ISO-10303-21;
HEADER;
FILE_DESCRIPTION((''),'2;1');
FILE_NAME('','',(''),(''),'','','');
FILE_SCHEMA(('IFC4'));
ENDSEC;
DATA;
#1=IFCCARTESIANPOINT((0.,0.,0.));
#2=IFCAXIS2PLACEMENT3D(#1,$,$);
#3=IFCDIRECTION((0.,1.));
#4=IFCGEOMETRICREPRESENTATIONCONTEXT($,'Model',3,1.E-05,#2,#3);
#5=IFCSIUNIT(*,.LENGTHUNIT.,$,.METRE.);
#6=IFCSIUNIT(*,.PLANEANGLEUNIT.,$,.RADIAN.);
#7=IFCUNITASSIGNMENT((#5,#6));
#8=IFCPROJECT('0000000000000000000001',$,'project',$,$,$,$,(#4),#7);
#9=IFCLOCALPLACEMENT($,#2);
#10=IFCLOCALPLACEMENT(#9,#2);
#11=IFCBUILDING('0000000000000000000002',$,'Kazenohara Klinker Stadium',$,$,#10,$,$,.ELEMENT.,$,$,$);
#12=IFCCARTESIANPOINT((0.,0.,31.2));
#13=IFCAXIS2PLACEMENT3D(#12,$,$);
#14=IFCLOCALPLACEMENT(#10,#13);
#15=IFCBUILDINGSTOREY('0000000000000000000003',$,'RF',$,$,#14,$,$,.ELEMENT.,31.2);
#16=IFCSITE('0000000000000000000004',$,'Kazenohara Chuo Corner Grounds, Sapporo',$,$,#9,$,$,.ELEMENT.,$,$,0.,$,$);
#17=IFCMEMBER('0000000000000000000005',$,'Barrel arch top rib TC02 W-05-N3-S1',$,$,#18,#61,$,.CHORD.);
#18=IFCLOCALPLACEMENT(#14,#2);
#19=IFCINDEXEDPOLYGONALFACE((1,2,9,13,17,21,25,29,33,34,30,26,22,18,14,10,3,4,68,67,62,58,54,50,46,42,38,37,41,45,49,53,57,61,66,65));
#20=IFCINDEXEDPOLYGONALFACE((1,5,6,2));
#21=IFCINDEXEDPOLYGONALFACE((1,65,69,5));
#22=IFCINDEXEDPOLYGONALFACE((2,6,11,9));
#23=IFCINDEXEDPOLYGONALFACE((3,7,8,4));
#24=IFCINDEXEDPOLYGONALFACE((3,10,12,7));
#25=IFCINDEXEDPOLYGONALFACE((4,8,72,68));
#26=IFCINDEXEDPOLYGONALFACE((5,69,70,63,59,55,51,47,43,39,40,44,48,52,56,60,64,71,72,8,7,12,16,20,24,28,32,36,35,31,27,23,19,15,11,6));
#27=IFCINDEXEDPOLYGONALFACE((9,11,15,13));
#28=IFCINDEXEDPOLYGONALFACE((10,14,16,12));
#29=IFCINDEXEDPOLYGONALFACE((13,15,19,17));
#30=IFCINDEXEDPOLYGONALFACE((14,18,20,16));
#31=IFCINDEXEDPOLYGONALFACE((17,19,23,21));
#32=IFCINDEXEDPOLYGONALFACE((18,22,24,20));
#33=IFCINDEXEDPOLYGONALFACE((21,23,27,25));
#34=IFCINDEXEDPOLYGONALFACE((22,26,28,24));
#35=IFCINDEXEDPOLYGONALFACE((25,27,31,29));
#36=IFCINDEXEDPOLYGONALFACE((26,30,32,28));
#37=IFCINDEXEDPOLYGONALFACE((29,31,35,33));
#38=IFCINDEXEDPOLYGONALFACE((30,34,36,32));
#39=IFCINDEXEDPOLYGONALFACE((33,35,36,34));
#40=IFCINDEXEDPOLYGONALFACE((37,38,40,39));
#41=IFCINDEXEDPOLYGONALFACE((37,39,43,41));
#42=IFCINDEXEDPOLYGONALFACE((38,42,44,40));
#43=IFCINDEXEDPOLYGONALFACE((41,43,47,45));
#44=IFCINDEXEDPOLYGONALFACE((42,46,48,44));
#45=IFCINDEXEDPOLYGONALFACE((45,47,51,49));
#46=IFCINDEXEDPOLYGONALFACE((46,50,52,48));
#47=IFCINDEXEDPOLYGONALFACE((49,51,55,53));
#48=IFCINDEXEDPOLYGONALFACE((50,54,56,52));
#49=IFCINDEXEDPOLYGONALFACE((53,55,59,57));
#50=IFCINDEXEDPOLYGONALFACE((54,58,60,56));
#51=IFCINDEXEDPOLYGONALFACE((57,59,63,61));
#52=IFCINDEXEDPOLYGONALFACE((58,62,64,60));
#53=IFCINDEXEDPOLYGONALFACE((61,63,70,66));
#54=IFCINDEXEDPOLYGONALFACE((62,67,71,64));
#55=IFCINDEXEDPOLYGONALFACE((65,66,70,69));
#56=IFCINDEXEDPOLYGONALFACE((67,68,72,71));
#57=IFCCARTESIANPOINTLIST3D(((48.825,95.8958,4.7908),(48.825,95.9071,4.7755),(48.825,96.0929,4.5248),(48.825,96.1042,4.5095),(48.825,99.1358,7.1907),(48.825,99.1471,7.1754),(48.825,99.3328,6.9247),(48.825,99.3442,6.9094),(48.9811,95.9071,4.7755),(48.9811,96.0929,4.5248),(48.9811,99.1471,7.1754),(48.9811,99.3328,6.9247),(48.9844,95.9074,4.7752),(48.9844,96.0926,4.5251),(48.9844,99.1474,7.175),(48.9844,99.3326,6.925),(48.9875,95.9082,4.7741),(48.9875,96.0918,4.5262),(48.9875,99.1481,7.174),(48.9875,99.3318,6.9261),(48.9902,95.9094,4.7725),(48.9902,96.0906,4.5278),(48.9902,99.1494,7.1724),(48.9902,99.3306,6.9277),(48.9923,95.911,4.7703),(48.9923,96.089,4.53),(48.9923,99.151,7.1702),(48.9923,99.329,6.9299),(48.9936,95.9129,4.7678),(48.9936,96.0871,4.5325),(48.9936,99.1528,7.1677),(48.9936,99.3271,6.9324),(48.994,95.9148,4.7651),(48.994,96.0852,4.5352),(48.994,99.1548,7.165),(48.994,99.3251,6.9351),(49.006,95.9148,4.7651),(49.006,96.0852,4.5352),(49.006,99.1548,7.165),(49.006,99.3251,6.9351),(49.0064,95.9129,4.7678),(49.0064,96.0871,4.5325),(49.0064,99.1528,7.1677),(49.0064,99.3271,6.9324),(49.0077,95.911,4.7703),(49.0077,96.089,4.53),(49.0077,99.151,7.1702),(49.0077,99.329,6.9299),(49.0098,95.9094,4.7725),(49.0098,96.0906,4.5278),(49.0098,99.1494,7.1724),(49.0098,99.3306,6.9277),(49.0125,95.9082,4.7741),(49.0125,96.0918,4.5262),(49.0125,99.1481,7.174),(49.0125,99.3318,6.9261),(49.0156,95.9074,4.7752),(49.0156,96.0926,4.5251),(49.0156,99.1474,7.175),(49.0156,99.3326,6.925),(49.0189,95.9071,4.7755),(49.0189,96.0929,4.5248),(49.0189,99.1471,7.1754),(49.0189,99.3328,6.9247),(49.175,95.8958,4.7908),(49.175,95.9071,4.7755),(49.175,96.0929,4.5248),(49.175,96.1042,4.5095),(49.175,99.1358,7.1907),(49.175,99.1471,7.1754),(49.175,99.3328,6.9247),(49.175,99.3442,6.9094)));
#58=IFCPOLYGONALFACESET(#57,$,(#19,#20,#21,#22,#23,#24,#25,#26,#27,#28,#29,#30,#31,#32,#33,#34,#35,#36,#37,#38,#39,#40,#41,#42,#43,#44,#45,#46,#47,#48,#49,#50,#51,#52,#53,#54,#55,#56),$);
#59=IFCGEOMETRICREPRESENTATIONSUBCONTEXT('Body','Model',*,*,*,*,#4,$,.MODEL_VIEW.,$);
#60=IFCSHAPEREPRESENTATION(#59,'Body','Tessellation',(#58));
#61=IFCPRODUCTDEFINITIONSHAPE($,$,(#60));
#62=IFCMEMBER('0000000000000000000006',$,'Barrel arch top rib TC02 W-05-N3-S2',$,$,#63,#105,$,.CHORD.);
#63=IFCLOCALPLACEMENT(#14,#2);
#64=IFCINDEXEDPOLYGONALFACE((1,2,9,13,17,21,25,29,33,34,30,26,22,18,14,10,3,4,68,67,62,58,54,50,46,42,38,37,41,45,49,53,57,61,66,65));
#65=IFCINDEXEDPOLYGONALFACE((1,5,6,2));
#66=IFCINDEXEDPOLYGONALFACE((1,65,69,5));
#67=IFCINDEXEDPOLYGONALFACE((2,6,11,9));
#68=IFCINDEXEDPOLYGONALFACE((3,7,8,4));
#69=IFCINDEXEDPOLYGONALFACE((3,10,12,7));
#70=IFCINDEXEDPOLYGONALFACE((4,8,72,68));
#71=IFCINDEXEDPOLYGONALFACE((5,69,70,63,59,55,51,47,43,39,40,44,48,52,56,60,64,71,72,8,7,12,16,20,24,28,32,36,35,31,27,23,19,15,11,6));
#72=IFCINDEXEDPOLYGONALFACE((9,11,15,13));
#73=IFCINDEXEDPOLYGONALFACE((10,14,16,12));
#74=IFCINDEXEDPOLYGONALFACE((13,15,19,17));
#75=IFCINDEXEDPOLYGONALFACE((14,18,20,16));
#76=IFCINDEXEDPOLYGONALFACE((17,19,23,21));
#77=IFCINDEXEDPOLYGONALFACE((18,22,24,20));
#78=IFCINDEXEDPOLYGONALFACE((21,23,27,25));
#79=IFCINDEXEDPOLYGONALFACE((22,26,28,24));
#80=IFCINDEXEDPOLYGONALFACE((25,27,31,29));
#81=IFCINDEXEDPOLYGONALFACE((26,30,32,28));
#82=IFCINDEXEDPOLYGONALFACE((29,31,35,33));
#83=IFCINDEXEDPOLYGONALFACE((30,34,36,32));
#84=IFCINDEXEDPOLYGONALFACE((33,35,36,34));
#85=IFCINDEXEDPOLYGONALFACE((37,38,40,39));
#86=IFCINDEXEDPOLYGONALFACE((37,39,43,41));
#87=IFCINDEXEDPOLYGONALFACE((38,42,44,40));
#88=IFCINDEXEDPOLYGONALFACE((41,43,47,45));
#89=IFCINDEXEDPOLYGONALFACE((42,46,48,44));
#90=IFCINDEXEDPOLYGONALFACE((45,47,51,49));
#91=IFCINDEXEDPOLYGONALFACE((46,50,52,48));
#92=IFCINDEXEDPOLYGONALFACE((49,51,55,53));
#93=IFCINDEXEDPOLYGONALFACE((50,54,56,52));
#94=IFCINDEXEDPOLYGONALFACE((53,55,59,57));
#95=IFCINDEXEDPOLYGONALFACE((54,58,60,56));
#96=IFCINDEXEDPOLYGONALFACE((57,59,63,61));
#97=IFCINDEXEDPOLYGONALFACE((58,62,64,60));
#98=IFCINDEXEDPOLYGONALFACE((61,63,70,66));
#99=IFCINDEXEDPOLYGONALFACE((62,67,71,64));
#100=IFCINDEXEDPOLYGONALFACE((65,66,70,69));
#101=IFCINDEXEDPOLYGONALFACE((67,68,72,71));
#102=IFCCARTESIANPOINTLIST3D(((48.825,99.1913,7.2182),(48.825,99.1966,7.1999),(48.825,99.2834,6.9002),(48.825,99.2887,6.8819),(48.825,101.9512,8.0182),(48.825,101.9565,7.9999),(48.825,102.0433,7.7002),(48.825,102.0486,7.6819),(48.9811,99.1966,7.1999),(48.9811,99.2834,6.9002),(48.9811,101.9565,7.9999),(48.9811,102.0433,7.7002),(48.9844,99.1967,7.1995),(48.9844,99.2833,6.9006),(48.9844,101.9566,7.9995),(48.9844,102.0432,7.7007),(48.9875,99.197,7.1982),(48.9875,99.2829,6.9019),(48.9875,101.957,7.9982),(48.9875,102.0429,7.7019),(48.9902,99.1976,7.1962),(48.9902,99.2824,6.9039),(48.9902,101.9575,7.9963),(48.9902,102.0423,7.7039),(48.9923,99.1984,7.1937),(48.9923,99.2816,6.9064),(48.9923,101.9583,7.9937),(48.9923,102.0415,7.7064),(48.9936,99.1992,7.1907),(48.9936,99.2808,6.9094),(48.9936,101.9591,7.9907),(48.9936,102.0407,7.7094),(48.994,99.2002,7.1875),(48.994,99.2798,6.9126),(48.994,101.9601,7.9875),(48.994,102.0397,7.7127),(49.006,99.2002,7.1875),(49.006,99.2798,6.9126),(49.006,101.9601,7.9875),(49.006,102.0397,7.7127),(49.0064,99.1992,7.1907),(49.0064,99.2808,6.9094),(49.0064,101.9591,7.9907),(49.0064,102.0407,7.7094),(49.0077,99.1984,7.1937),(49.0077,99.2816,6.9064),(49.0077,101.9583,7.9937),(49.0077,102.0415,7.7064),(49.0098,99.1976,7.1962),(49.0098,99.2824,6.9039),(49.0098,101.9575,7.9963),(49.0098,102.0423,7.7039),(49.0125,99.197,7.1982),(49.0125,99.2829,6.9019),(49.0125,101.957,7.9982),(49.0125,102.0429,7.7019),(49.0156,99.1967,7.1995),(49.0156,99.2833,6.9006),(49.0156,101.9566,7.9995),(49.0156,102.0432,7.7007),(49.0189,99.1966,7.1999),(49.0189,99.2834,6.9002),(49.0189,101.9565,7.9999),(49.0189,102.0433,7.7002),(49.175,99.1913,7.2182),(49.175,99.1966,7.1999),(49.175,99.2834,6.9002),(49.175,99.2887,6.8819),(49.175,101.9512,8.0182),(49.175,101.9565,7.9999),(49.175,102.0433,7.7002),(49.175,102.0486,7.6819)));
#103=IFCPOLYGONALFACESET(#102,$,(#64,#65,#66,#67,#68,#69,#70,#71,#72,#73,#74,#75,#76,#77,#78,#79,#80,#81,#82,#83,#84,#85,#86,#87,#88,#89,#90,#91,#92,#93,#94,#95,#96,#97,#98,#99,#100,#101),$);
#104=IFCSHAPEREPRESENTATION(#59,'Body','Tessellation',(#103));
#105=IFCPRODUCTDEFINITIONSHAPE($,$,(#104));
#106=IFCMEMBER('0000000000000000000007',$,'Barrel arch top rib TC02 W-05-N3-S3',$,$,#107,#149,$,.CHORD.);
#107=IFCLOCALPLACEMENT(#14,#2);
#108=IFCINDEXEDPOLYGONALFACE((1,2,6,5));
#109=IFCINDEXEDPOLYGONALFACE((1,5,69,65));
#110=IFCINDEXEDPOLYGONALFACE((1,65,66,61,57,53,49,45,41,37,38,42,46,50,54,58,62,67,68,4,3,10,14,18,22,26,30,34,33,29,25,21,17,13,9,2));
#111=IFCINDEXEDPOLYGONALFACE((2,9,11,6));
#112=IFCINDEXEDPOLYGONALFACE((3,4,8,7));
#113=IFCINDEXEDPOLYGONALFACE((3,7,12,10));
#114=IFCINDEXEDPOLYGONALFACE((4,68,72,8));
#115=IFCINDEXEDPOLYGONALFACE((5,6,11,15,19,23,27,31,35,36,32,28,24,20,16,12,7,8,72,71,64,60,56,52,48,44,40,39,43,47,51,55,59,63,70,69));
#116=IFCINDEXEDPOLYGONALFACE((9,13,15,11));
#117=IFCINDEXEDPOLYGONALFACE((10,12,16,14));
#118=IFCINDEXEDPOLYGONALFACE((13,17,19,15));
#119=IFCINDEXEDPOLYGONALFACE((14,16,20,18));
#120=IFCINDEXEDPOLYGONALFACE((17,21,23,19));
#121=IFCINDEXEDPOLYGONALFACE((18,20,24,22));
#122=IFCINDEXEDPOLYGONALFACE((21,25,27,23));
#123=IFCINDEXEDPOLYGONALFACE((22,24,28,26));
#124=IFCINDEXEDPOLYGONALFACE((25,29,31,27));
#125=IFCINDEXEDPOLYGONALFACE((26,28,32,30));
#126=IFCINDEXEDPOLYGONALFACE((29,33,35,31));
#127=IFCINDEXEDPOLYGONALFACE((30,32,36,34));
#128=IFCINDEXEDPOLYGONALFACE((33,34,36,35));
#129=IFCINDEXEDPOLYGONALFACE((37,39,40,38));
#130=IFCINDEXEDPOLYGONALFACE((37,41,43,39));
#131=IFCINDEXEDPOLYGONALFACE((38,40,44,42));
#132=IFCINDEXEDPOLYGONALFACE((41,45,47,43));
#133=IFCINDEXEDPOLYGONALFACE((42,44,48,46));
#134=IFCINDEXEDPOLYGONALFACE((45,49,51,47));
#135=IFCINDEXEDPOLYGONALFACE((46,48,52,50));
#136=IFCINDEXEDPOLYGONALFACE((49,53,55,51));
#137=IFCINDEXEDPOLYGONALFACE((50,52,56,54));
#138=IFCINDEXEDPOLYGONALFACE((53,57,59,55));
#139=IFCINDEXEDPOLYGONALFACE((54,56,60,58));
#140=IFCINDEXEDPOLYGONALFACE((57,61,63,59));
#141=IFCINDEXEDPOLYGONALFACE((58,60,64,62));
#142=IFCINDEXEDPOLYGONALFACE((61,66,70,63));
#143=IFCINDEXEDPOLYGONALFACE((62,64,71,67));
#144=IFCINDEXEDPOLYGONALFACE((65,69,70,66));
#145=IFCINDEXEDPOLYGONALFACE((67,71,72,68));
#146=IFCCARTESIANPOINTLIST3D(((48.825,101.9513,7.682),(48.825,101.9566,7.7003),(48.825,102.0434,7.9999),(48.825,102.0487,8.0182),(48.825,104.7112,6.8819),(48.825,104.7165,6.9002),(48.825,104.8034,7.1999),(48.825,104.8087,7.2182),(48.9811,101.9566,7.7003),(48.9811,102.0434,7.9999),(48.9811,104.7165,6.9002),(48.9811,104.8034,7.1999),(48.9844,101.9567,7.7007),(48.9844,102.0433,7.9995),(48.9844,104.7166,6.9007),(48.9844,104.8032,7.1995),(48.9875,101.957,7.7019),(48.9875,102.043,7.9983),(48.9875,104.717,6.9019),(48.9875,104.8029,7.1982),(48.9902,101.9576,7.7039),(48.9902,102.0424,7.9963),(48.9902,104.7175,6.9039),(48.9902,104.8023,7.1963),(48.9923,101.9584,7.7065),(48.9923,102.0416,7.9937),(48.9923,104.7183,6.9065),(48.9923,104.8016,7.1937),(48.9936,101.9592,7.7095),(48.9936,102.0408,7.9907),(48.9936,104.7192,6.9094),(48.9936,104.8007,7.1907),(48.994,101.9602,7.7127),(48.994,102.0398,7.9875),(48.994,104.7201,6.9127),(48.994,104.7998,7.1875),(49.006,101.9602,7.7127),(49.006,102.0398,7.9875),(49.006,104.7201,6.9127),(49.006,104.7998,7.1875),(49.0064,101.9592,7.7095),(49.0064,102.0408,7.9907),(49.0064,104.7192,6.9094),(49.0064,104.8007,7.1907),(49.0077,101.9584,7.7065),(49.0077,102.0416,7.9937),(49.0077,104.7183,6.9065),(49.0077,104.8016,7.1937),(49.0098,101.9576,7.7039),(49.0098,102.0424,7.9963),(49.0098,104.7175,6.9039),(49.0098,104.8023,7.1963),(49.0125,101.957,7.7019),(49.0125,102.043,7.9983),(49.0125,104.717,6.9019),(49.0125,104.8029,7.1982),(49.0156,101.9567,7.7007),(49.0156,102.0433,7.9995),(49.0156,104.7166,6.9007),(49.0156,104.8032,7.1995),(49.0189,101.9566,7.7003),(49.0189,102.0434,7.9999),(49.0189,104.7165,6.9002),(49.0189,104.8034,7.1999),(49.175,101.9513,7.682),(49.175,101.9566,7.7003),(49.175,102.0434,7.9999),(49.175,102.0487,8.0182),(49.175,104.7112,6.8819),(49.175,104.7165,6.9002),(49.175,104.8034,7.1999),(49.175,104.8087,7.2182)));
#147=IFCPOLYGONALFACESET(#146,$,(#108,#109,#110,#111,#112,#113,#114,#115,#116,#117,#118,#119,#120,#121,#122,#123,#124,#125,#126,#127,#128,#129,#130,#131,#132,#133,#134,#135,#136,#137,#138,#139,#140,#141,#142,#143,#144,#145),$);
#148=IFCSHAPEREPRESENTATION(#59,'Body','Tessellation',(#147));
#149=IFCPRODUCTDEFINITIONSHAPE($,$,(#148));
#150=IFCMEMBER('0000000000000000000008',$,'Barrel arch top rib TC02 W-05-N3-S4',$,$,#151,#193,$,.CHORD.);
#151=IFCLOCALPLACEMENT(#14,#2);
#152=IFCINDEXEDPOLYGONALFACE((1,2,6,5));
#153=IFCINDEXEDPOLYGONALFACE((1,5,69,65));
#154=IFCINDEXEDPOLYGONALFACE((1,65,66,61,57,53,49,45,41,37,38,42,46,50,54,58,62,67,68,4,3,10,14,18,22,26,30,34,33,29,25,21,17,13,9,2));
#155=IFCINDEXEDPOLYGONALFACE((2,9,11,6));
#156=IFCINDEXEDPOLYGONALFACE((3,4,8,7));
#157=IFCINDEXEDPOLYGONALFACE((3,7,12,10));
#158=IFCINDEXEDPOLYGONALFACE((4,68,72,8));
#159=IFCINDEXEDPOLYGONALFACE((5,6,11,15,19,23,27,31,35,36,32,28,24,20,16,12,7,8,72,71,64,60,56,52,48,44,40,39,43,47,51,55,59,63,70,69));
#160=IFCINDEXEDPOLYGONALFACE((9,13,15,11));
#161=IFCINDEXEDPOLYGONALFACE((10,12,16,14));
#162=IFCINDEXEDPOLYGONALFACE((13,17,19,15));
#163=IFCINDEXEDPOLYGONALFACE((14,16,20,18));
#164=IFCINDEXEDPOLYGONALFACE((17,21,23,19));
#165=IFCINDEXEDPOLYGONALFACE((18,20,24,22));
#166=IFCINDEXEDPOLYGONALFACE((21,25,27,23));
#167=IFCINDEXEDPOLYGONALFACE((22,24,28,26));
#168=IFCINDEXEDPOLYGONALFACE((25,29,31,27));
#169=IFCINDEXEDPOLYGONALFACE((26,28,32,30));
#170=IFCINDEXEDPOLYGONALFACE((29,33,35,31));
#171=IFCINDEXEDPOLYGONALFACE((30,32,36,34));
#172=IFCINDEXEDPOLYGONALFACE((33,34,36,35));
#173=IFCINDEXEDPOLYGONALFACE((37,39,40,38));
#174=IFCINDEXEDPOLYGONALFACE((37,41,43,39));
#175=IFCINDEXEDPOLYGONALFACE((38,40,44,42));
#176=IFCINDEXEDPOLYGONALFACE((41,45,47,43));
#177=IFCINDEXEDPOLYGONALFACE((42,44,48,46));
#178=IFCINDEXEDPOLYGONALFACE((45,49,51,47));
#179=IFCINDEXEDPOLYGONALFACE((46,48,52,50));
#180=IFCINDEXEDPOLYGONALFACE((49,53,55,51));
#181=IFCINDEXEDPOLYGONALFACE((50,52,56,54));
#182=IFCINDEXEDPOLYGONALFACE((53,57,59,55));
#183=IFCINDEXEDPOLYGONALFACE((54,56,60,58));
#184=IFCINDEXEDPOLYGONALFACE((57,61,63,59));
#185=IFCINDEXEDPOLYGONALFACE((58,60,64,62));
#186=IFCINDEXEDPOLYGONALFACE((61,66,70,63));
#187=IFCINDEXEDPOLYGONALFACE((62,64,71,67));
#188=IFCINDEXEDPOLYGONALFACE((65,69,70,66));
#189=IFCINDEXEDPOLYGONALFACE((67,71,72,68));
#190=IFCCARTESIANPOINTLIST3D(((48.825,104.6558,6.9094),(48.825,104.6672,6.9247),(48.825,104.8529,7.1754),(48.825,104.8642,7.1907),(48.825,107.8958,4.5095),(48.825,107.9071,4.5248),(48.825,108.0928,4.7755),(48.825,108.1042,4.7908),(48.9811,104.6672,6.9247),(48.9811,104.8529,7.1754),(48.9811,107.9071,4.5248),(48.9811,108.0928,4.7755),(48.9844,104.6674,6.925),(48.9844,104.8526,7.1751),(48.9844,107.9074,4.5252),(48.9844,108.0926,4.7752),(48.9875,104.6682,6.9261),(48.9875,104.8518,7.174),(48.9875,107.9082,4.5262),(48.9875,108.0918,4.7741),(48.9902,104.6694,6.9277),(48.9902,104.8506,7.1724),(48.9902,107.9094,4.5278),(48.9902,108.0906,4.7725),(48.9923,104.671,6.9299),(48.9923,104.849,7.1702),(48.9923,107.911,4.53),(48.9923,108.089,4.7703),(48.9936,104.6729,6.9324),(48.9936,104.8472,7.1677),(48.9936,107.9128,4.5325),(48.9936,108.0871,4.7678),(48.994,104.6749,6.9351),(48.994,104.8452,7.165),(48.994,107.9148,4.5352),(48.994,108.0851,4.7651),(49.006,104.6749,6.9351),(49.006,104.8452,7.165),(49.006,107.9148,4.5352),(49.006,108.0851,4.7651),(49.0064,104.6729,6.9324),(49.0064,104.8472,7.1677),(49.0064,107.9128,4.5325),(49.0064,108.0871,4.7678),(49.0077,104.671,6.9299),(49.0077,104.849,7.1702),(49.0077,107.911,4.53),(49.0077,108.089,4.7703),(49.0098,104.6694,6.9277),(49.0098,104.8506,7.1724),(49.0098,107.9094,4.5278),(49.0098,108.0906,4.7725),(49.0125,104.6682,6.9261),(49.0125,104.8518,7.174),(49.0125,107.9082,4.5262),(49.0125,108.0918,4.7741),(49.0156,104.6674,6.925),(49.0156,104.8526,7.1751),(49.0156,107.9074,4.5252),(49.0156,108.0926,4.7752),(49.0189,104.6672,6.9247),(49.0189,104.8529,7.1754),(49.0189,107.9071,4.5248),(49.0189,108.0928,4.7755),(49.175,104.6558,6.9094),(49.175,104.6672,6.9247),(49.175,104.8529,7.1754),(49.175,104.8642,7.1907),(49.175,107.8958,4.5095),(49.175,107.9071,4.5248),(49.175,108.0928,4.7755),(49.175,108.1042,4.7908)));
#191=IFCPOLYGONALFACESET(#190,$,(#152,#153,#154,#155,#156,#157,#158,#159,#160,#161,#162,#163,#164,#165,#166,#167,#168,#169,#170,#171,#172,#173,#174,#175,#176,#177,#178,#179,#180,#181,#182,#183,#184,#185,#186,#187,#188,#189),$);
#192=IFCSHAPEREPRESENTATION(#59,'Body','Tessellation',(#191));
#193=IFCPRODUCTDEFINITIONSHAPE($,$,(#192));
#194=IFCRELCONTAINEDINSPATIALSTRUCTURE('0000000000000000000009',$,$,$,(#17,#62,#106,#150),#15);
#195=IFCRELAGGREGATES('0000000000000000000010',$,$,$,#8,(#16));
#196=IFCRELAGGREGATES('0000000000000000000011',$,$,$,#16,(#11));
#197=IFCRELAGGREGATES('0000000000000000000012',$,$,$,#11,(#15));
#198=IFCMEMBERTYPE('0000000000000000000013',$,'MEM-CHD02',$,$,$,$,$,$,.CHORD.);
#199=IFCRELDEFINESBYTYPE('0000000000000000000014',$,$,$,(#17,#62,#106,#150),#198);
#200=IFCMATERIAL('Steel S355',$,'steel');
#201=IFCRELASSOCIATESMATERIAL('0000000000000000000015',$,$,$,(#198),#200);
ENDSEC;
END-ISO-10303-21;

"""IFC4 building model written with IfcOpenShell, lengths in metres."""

from ifc_helpers import new_model, si_unit, direction, frame, origin, origin_2d, place, context, subcontext, project, spatial, i_section, extrude, material, material_profile, profile_set, type_object, element, save


model = new_model("IFC4")

# Units and contexts
model_context = context("Model", 3, precision=1e-05, world=origin(), true_north=direction((0.0, 1.0)))
body_context = subcontext(model_context, "Body", "Model", "MODEL_VIEW")
ifc_project = project(units=[si_unit("LENGTHUNIT", "METRE"), si_unit("PLANEANGLEUNIT", "RADIAN")], contexts=[model_context])

# Site, building, storey
site_placement = place(None, origin())
site = spatial("IfcSite", under=ifc_project, at=site_placement, Name="Kazenohara Chuo Corner Grounds, Sapporo", CompositionType="ELEMENT", RefElevation=0.0)
building_placement = place(site_placement, origin())
building = spatial("IfcBuilding", under=site, at=building_placement, Name="Kazenohara Klinker Stadium", CompositionType="ELEMENT")
storey_placement = place(building_placement, frame((0.0, 0.0, 31.2)))
storey = spatial("IfcBuildingStorey", under=building, at=storey_placement, Name="RF", CompositionType="ELEMENT", Elevation=31.2)

# Members
ifc_material_1 = material(Name="Steel S355", Category="steel")
ifc_material_profile_1 = material_profile(ifc_material_1, i_section(OverallWidth=0.3501, OverallDepth=0.3501, WebThickness=0.012, FlangeThickness=0.019, FilletRadius=0.0129, at=origin_2d()), Name="H-350x350x12x19")
ifc_profile_set_1 = profile_set([ifc_material_profile_1], Name="Steel S355")
member_type_1 = type_object("IfcMemberType", Name="MEM-CHD02", PredefinedType="CHORD", material=ifc_profile_set_1)
member_1_placement = place(storey_placement, frame((49.0, 96.0, 4.6501), z_axis=(0.0, 0.803568, 0.595213), x_axis=(-1.0, 0.0, 0.0)))
element("IfcMember", 1, at=member_1_placement, inside=storey, type_object=member_type_1, Name="Barrel arch top rib TC02 W-05-N3-S1", PredefinedType="CHORD", context=body_context, shape_type="SweptSolid", body=[
    extrude(i_section(OverallWidth=0.3501, OverallDepth=0.3501, WebThickness=0.012, FlangeThickness=0.019, FilletRadius=0.0129, at=origin_2d()), origin(), (0.0, 0.0, 1.0), 4.032),
])
for number, where, z_axis, x_axis, name in (
    (2, (49.0, 99.24, 7.05), (0.0, 0.960462, 0.278411), (-1.0, 0.0, 0.0), "Barrel arch top rib TC02 W-05-N3-S2"),
    (3, (49.0, 102.0, 7.8501), (0.0, 0.960462, -0.278411), (-1.0, 0.0, 0.0), "Barrel arch top rib TC02 W-05-N3-S3"),
):
    element("IfcMember", number, at=place(storey_placement, frame(where, z_axis=z_axis, x_axis=x_axis)), inside=storey, type_object=member_type_1, Name=name, PredefinedType="CHORD", context=body_context, shape_type="SweptSolid", body=[
        extrude(i_section(OverallWidth=0.3501, OverallDepth=0.3501, WebThickness=0.012, FlangeThickness=0.019, FilletRadius=0.0129, at=origin_2d()), origin(), (0.0, 0.0, 1.0), 2.8735),
    ])
member_2_placement = place(storey_placement, frame((49.0, 104.76, 7.05), z_axis=(0.0, 0.803568, -0.595213), x_axis=(-1.0, 0.0, 0.0)))
element("IfcMember", 4, at=member_2_placement, inside=storey, type_object=member_type_1, Name="Barrel arch top rib TC02 W-05-N3-S4", PredefinedType="CHORD", context=body_context, shape_type="SweptSolid", body=[
    extrude(i_section(OverallWidth=0.3501, OverallDepth=0.3501, WebThickness=0.012, FlangeThickness=0.019, FilletRadius=0.0129, at=origin_2d()), origin(), (0.0, 0.0, 1.0), 4.032),
])

save(model, "model.ifc")
